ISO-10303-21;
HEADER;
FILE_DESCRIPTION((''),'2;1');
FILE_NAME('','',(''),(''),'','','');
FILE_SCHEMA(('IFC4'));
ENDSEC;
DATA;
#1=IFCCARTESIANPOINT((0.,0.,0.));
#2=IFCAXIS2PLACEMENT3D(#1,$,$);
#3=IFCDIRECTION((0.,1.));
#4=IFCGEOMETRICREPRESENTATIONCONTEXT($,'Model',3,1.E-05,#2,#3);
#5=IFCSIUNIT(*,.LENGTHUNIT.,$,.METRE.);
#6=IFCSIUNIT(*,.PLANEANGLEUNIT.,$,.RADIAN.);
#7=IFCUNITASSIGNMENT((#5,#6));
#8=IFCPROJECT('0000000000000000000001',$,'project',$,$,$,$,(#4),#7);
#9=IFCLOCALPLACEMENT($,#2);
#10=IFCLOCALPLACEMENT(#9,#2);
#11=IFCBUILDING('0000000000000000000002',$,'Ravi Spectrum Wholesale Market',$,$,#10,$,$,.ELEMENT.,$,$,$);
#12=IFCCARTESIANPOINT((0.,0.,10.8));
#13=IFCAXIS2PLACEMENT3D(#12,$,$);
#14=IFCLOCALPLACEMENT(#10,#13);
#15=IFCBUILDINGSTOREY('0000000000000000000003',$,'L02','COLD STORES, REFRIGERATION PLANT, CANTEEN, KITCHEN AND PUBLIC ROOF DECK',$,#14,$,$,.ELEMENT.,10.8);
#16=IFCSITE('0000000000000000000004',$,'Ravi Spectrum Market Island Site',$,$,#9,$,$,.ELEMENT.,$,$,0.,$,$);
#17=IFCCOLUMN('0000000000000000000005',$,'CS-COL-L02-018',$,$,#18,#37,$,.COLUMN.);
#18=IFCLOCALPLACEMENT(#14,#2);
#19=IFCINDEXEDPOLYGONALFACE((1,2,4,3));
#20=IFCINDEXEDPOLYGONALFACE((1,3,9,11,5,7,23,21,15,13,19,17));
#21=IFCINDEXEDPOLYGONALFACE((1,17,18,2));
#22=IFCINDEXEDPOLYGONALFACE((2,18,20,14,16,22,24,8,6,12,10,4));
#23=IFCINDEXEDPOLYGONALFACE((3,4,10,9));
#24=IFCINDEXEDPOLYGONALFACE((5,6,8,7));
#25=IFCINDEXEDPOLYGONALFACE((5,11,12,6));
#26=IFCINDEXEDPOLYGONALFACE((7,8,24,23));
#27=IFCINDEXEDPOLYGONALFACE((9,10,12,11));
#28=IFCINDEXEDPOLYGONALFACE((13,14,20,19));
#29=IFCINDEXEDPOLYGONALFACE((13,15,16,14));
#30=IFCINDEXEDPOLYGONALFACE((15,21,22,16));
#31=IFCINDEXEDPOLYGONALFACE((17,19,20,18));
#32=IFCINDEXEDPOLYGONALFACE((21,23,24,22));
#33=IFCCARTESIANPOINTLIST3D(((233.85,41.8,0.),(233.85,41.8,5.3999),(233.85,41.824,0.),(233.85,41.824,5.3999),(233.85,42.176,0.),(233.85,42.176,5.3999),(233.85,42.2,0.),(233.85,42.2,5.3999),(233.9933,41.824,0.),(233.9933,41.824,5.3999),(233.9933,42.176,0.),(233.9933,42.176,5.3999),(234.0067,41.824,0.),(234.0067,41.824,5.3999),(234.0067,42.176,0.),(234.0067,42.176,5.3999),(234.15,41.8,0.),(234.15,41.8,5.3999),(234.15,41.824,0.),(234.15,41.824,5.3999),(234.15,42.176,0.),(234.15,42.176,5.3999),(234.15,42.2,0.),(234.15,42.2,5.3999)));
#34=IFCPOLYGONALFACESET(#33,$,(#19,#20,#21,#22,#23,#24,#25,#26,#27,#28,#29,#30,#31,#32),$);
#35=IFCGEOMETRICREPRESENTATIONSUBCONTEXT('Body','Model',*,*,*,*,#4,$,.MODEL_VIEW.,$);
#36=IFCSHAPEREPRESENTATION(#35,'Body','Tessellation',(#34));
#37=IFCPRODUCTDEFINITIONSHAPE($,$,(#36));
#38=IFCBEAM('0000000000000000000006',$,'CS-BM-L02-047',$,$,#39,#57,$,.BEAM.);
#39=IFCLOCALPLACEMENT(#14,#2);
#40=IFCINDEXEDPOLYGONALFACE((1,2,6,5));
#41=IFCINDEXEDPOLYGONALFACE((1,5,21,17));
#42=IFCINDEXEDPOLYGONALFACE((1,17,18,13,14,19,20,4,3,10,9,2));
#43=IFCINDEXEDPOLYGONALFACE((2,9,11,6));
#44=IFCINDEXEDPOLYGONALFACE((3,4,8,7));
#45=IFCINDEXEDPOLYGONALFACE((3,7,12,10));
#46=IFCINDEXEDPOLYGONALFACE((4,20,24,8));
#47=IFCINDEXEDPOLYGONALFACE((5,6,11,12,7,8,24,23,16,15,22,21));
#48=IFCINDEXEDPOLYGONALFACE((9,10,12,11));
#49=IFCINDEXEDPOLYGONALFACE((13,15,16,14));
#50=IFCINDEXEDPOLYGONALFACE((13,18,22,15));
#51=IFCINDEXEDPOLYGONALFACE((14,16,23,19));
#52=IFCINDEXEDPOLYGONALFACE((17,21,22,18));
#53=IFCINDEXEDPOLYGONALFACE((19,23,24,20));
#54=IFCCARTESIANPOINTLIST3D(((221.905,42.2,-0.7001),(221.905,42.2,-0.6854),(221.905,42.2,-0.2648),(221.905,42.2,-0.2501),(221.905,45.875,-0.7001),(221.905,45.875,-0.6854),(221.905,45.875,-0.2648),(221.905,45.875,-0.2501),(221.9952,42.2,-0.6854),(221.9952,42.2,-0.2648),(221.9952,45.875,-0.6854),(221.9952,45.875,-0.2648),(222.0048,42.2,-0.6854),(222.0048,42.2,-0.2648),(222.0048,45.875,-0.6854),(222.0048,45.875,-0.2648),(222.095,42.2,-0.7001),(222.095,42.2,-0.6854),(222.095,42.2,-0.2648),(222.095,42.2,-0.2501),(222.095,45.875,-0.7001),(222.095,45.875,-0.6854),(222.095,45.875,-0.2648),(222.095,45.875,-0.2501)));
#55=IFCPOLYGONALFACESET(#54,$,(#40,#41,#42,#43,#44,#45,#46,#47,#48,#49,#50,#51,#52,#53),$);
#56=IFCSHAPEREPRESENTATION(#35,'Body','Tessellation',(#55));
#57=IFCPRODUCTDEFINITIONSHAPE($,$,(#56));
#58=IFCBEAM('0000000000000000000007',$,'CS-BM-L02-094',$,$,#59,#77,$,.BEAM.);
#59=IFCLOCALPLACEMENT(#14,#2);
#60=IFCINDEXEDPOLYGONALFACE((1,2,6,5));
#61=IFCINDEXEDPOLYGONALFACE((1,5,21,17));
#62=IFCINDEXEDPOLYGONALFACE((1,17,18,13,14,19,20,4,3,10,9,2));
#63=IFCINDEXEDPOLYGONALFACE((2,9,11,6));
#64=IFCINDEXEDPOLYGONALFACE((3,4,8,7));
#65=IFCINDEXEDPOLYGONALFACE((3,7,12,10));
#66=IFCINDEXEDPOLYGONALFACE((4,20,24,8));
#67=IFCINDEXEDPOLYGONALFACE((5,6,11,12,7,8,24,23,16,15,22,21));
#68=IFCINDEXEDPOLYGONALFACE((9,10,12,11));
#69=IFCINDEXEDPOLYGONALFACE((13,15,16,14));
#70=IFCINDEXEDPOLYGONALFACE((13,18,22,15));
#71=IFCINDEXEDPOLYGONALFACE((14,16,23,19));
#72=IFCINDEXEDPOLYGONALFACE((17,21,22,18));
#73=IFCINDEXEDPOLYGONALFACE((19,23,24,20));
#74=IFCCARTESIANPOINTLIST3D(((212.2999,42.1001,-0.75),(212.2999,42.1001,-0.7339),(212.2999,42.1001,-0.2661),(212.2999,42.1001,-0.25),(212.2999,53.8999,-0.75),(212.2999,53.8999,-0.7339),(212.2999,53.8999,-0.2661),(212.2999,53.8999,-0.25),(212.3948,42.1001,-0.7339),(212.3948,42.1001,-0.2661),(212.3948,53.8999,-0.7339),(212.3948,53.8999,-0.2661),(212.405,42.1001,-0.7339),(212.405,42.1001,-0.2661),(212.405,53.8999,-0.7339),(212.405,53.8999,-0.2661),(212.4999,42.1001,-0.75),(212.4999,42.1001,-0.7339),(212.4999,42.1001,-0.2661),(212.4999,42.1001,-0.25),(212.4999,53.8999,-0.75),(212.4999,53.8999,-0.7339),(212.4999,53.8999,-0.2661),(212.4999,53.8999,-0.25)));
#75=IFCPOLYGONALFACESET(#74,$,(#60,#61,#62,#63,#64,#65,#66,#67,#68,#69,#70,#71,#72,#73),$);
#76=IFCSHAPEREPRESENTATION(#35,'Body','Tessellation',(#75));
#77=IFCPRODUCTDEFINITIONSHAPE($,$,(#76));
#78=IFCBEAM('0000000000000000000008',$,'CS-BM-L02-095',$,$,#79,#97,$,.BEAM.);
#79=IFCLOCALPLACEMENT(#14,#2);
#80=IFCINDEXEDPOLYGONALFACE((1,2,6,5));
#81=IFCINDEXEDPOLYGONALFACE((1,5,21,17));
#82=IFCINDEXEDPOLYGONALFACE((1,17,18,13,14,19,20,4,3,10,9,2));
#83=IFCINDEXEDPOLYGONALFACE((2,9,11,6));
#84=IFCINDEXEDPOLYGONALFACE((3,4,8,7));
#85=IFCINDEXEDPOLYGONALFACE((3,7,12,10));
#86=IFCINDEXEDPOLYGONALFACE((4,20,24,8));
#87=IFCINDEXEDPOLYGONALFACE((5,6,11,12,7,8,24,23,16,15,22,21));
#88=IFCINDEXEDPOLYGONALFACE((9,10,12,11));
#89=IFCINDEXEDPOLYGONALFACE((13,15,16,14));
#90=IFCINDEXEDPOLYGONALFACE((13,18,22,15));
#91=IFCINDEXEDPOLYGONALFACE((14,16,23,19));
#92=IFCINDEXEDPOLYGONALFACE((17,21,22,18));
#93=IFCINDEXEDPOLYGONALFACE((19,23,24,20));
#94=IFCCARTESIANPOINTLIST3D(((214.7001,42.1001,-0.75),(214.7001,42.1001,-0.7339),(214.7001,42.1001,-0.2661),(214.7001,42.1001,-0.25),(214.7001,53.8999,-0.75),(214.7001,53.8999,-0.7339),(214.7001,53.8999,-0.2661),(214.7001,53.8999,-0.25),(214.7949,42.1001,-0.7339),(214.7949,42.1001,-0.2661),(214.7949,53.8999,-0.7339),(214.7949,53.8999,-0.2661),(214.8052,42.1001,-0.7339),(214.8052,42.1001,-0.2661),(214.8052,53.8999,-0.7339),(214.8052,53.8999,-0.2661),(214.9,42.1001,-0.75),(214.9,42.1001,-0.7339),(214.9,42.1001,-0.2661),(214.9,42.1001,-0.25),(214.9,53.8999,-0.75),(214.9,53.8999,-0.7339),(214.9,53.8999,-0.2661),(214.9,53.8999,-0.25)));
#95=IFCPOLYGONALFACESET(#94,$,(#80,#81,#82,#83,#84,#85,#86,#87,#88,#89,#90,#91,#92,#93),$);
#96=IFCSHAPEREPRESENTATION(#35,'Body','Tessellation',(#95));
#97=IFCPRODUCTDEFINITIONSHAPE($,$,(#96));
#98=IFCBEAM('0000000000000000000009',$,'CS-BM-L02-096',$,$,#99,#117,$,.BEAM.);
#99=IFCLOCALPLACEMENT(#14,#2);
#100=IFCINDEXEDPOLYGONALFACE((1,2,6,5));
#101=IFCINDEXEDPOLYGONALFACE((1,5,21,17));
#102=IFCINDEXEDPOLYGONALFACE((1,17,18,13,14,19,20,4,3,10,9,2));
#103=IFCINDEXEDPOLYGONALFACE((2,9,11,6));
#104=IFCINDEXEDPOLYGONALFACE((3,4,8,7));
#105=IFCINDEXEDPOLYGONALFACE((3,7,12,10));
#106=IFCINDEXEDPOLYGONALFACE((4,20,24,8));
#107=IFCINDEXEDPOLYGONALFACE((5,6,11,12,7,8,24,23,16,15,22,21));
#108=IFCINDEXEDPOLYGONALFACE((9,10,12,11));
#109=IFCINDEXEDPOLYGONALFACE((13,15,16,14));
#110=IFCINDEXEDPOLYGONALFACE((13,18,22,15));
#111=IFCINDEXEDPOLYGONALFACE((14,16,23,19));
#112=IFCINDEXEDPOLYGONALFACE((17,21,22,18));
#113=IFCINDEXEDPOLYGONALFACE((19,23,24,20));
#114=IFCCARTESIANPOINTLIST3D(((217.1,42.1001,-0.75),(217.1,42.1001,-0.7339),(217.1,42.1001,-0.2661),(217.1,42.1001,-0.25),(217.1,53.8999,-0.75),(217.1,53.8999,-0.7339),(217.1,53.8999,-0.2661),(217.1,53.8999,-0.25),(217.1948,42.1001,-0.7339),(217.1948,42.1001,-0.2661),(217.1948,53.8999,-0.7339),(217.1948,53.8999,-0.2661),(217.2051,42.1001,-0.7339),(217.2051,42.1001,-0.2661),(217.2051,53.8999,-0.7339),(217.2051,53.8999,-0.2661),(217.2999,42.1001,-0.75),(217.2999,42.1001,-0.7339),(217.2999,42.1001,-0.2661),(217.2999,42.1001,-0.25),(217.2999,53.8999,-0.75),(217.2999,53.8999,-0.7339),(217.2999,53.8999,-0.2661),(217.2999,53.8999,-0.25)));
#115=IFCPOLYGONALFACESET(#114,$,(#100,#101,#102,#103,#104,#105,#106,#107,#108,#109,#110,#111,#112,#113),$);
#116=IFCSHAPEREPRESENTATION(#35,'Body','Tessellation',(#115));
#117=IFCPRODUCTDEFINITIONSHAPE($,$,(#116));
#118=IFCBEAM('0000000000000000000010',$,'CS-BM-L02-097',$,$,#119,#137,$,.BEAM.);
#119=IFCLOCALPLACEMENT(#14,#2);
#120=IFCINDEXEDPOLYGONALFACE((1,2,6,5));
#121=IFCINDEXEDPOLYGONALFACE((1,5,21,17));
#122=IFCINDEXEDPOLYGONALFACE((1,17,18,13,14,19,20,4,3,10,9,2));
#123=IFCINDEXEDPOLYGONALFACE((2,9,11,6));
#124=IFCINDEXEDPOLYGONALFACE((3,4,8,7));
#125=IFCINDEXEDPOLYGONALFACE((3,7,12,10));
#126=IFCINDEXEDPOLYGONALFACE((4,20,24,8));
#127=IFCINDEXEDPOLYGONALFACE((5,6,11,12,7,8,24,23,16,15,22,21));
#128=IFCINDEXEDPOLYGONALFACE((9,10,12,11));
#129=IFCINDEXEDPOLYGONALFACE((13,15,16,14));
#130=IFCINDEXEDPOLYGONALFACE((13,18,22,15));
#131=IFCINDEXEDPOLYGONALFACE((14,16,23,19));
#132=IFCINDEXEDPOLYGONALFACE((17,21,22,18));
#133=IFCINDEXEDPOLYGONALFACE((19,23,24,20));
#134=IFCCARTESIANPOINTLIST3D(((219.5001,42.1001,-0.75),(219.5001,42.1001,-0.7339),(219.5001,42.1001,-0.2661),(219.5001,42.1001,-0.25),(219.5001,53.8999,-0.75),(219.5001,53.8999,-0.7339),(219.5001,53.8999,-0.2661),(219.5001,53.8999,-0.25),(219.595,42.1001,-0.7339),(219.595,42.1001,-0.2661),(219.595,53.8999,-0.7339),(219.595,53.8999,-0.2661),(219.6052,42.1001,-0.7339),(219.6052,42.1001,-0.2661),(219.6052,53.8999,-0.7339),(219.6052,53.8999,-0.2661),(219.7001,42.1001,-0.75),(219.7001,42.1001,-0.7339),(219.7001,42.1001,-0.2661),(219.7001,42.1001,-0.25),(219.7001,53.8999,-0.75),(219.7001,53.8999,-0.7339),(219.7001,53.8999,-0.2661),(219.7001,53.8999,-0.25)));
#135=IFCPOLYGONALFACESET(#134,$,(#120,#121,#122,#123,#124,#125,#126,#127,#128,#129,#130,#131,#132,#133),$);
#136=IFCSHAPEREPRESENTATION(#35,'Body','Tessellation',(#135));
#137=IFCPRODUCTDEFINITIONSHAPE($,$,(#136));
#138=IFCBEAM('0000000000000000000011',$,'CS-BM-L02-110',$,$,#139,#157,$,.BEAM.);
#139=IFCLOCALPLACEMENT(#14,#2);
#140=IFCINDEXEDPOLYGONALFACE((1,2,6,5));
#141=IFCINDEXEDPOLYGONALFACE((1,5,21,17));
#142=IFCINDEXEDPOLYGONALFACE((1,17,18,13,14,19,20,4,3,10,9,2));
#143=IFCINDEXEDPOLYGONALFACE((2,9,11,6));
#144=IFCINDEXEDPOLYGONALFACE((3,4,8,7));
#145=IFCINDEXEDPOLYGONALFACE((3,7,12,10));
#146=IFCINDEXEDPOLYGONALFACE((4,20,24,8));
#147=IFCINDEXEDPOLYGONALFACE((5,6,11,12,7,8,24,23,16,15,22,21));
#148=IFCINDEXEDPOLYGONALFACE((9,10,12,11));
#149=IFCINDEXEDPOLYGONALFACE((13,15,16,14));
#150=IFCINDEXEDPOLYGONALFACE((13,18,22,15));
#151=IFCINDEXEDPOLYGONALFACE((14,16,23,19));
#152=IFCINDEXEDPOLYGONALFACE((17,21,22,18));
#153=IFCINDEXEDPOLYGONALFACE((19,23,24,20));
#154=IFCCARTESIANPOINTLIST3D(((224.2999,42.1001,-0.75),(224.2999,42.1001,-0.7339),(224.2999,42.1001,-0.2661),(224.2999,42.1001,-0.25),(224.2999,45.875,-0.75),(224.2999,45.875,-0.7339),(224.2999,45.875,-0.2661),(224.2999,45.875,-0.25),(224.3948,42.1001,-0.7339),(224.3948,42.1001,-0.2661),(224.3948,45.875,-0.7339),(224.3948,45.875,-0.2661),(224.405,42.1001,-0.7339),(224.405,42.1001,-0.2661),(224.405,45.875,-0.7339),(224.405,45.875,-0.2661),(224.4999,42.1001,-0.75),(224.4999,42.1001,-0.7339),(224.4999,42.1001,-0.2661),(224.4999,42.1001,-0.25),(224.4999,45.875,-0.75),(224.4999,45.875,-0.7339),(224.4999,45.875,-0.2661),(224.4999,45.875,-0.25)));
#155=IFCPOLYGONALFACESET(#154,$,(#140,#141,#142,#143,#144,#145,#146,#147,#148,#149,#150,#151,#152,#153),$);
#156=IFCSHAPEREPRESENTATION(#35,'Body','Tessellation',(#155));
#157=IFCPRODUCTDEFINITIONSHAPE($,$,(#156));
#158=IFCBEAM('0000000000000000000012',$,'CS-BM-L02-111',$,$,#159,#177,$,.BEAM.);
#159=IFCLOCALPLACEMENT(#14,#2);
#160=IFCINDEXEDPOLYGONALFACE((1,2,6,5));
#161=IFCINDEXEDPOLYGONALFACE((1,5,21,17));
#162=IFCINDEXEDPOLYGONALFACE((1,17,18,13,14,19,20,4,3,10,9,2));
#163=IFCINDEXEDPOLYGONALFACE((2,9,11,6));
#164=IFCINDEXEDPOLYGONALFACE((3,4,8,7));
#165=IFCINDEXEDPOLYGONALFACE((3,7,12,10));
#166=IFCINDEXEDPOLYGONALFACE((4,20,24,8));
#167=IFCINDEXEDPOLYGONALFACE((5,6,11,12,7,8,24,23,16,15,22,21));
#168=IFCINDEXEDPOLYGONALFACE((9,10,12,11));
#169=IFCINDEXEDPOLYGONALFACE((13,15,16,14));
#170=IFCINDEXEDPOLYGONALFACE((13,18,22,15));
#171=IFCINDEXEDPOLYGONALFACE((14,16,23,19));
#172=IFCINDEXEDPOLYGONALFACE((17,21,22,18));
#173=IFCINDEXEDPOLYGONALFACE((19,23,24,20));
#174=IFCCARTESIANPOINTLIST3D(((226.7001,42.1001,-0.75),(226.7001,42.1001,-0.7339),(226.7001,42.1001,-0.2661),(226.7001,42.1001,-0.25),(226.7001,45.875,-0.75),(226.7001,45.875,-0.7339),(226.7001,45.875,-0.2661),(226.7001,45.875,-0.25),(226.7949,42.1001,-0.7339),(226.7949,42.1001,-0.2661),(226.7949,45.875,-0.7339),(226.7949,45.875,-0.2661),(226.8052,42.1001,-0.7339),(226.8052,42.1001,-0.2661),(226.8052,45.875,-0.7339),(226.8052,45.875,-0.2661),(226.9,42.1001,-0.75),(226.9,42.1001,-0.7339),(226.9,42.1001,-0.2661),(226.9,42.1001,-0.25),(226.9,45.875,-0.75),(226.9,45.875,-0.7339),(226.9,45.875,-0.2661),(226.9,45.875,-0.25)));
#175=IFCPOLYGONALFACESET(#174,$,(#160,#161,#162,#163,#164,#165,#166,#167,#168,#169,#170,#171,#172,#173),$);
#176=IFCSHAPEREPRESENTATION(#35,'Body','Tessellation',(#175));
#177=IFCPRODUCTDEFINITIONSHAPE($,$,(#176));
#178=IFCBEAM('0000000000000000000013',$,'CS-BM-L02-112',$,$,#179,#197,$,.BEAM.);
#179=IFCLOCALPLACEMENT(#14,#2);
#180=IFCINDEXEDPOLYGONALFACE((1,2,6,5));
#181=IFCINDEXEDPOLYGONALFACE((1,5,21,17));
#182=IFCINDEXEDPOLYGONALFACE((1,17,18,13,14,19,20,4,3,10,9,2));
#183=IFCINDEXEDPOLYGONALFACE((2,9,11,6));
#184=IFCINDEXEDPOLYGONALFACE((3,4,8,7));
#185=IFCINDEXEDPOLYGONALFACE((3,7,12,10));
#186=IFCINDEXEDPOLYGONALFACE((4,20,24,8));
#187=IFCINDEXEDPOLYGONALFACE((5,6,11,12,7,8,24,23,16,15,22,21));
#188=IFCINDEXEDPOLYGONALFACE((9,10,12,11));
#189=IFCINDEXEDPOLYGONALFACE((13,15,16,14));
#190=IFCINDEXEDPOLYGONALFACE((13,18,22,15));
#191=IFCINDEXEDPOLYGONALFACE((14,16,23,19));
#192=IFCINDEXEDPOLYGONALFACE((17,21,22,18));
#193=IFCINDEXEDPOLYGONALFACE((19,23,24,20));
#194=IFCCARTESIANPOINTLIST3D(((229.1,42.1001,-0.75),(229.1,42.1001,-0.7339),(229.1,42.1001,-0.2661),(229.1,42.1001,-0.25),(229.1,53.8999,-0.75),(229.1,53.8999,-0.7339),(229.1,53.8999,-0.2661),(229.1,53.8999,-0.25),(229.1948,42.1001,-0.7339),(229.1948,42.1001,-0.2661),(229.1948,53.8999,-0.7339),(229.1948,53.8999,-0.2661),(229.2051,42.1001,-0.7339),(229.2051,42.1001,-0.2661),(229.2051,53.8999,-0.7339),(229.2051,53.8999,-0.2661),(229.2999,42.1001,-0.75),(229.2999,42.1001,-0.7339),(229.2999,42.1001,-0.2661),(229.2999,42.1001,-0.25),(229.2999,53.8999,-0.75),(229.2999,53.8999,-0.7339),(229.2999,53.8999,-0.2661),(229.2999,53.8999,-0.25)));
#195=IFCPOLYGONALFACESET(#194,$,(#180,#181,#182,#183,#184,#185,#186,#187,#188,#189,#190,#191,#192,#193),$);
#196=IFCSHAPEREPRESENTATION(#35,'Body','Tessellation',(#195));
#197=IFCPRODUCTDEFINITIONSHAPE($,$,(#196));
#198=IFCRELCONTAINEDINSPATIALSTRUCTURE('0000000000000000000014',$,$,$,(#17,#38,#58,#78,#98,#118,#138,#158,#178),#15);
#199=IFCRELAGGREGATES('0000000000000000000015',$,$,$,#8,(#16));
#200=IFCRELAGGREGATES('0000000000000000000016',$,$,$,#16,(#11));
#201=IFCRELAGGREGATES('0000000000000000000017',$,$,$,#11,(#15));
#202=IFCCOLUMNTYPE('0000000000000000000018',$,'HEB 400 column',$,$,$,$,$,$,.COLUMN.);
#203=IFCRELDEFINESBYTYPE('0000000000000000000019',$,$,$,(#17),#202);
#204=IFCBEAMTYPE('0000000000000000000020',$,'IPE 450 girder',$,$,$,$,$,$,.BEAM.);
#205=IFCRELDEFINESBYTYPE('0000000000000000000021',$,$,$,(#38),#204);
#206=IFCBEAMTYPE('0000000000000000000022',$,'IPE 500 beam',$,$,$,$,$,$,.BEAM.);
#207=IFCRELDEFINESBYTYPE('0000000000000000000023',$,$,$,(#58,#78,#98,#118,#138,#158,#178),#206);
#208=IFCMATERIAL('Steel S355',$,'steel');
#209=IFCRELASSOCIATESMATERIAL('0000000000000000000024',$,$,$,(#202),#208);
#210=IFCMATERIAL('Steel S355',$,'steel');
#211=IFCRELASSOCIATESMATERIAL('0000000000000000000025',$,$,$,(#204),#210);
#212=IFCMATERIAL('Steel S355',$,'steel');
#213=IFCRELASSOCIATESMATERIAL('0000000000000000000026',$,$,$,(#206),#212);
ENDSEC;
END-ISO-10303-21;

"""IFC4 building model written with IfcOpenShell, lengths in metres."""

from ifc_helpers import new_model, si_unit, direction, frame, origin, origin_2d, place, context, subcontext, project, spatial, i_section, extrude, material, material_profile, profile_set, type_object, element, save


model = new_model("IFC4")

# Units and contexts
model_context = context("Model", 3, precision=1e-05, world=origin(), true_north=direction((0.0, 1.0)))
body_context = subcontext(model_context, "Body", "Model", "MODEL_VIEW")
ifc_project = project(units=[si_unit("LENGTHUNIT", "METRE"), si_unit("PLANEANGLEUNIT", "RADIAN")], contexts=[model_context])

# Site, building, storey
site_placement = place(None, origin())
site = spatial("IfcSite", under=ifc_project, at=site_placement, Name="Ravi Spectrum Market Island Site", CompositionType="ELEMENT", RefElevation=0.0)
building_placement = place(site_placement, origin())
building = spatial("IfcBuilding", under=site, at=building_placement, Name="Ravi Spectrum Wholesale Market", CompositionType="ELEMENT")
storey_placement = place(building_placement, frame((0.0, 0.0, 10.8)))
storey = spatial("IfcBuildingStorey", under=building, at=storey_placement, Name="L02", Description="COLD STORES, REFRIGERATION PLANT, CANTEEN, KITCHEN AND PUBLIC ROOF DECK", CompositionType="ELEMENT", Elevation=10.8)

# Column
ifc_material_1 = material(Name="Steel S355", Category="steel")
ifc_material_profile_1 = material_profile(ifc_material_1, i_section(OverallWidth=0.3, OverallDepth=0.3999, WebThickness=0.0134, FlangeThickness=0.0239, at=origin_2d()))
ifc_profile_set_1 = profile_set([ifc_material_profile_1], Name="Steel S355")
column_type = type_object("IfcColumnType", Name="HEB 400 column", PredefinedType="COLUMN", material=ifc_profile_set_1)
column_placement = place(storey_placement, frame((234.0, 42.0, 0.0), z_axis=(0.0, 0.0, 1.0), x_axis=(1.0, 0.0, 0.0)))
element("IfcColumn", 1, at=column_placement, inside=storey, type_object=column_type, Name="CS-COL-L02-018", PredefinedType="COLUMN", context=body_context, shape_type="SweptSolid", body=[
    extrude(i_section(OverallWidth=0.3, OverallDepth=0.3999, WebThickness=0.0134, FlangeThickness=0.0239, at=origin_2d()), origin(), (0.0, 0.0, 1.0), 5.3999),
])

# Beams
ifc_material_2 = material(Name="Steel S355", Category="steel")
ifc_material_profile_2 = material_profile(ifc_material_2, i_section(OverallWidth=0.1899, OverallDepth=0.45, WebThickness=0.0095, FlangeThickness=0.0146, at=origin_2d()))
ifc_profile_set_2 = profile_set([ifc_material_profile_2], Name="Steel S355")
beam_type_1 = type_object("IfcBeamType", Name="IPE 450 girder", PredefinedType="BEAM", material=ifc_profile_set_2)
beam_placement = place(storey_placement, frame((222.0, 42.2, -0.4751), z_axis=(0.0, 1.0, 0.0), x_axis=(-1.0, 0.0, 0.0)))
element("IfcBeam", 2, at=beam_placement, inside=storey, type_object=beam_type_1, Name="CS-BM-L02-047", PredefinedType="BEAM", context=body_context, shape_type="SweptSolid", body=[
    extrude(i_section(OverallWidth=0.1899, OverallDepth=0.45, WebThickness=0.0095, FlangeThickness=0.0146, at=origin_2d()), origin(), (0.0, 0.0, 1.0), 3.675),
])
ifc_material_3 = material(Name="Steel S355", Category="steel")
ifc_material_profile_3 = material_profile(ifc_material_3, i_section(OverallWidth=0.2, OverallDepth=0.5, WebThickness=0.0103, FlangeThickness=0.0161, at=origin_2d()))
ifc_profile_set_3 = profile_set([ifc_material_profile_3], Name="Steel S355")
beam_type_2 = type_object("IfcBeamType", Name="IPE 500 beam", PredefinedType="BEAM", material=ifc_profile_set_3)
for number, where, z_axis, x_axis, name in (
    (3, (212.3999, 42.1001, -0.5), (0.0, 1.0, 0.0), (-1.0, 0.0, 0.0), "CS-BM-L02-094"),
    (4, (214.8, 42.1001, -0.5), (0.0, 1.0, 0.0), (-1.0, 0.0, 0.0), "CS-BM-L02-095"),
    (5, (217.2, 42.1001, -0.5), (0.0, 1.0, 0.0), (-1.0, 0.0, 0.0), "CS-BM-L02-096"),
    (6, (219.6001, 42.1001, -0.5), (0.0, 1.0, 0.0), (-1.0, 0.0, 0.0), "CS-BM-L02-097"),
):
    element("IfcBeam", number, at=place(storey_placement, frame(where, z_axis=z_axis, x_axis=x_axis)), inside=storey, type_object=beam_type_2, Name=name, PredefinedType="BEAM", context=body_context, shape_type="SweptSolid", body=[
        extrude(i_section(OverallWidth=0.2, OverallDepth=0.5, WebThickness=0.0103, FlangeThickness=0.0161, at=origin_2d()), origin(), (0.0, 0.0, 1.0), 11.7998),
    ])
for number, where, z_axis, x_axis, name in (
    (7, (224.3999, 42.1001, -0.5), (0.0, 1.0, 0.0), (-1.0, 0.0, 0.0), "CS-BM-L02-110"),
    (8, (226.8, 42.1001, -0.5), (0.0, 1.0, 0.0), (-1.0, 0.0, 0.0), "CS-BM-L02-111"),
):
    element("IfcBeam", number, at=place(storey_placement, frame(where, z_axis=z_axis, x_axis=x_axis)), inside=storey, type_object=beam_type_2, Name=name, PredefinedType="BEAM", context=body_context, shape_type="SweptSolid", body=[
        extrude(i_section(OverallWidth=0.2, OverallDepth=0.5, WebThickness=0.0103, FlangeThickness=0.0161, at=origin_2d()), origin(), (0.0, 0.0, 1.0), 3.7749),
    ])
for number, where, z_axis, x_axis, name in (
    (9, (229.2, 42.1001, -0.5), (0.0, 1.0, 0.0), (-1.0, 0.0, 0.0), "CS-BM-L02-112"),
):
    element("IfcBeam", number, at=place(storey_placement, frame(where, z_axis=z_axis, x_axis=x_axis)), inside=storey, type_object=beam_type_2, Name=name, PredefinedType="BEAM", context=body_context, shape_type="SweptSolid", body=[
        extrude(i_section(OverallWidth=0.2, OverallDepth=0.5, WebThickness=0.0103, FlangeThickness=0.0161, at=origin_2d()), origin(), (0.0, 0.0, 1.0), 11.7998),
    ])

save(model, "model.ifc")
